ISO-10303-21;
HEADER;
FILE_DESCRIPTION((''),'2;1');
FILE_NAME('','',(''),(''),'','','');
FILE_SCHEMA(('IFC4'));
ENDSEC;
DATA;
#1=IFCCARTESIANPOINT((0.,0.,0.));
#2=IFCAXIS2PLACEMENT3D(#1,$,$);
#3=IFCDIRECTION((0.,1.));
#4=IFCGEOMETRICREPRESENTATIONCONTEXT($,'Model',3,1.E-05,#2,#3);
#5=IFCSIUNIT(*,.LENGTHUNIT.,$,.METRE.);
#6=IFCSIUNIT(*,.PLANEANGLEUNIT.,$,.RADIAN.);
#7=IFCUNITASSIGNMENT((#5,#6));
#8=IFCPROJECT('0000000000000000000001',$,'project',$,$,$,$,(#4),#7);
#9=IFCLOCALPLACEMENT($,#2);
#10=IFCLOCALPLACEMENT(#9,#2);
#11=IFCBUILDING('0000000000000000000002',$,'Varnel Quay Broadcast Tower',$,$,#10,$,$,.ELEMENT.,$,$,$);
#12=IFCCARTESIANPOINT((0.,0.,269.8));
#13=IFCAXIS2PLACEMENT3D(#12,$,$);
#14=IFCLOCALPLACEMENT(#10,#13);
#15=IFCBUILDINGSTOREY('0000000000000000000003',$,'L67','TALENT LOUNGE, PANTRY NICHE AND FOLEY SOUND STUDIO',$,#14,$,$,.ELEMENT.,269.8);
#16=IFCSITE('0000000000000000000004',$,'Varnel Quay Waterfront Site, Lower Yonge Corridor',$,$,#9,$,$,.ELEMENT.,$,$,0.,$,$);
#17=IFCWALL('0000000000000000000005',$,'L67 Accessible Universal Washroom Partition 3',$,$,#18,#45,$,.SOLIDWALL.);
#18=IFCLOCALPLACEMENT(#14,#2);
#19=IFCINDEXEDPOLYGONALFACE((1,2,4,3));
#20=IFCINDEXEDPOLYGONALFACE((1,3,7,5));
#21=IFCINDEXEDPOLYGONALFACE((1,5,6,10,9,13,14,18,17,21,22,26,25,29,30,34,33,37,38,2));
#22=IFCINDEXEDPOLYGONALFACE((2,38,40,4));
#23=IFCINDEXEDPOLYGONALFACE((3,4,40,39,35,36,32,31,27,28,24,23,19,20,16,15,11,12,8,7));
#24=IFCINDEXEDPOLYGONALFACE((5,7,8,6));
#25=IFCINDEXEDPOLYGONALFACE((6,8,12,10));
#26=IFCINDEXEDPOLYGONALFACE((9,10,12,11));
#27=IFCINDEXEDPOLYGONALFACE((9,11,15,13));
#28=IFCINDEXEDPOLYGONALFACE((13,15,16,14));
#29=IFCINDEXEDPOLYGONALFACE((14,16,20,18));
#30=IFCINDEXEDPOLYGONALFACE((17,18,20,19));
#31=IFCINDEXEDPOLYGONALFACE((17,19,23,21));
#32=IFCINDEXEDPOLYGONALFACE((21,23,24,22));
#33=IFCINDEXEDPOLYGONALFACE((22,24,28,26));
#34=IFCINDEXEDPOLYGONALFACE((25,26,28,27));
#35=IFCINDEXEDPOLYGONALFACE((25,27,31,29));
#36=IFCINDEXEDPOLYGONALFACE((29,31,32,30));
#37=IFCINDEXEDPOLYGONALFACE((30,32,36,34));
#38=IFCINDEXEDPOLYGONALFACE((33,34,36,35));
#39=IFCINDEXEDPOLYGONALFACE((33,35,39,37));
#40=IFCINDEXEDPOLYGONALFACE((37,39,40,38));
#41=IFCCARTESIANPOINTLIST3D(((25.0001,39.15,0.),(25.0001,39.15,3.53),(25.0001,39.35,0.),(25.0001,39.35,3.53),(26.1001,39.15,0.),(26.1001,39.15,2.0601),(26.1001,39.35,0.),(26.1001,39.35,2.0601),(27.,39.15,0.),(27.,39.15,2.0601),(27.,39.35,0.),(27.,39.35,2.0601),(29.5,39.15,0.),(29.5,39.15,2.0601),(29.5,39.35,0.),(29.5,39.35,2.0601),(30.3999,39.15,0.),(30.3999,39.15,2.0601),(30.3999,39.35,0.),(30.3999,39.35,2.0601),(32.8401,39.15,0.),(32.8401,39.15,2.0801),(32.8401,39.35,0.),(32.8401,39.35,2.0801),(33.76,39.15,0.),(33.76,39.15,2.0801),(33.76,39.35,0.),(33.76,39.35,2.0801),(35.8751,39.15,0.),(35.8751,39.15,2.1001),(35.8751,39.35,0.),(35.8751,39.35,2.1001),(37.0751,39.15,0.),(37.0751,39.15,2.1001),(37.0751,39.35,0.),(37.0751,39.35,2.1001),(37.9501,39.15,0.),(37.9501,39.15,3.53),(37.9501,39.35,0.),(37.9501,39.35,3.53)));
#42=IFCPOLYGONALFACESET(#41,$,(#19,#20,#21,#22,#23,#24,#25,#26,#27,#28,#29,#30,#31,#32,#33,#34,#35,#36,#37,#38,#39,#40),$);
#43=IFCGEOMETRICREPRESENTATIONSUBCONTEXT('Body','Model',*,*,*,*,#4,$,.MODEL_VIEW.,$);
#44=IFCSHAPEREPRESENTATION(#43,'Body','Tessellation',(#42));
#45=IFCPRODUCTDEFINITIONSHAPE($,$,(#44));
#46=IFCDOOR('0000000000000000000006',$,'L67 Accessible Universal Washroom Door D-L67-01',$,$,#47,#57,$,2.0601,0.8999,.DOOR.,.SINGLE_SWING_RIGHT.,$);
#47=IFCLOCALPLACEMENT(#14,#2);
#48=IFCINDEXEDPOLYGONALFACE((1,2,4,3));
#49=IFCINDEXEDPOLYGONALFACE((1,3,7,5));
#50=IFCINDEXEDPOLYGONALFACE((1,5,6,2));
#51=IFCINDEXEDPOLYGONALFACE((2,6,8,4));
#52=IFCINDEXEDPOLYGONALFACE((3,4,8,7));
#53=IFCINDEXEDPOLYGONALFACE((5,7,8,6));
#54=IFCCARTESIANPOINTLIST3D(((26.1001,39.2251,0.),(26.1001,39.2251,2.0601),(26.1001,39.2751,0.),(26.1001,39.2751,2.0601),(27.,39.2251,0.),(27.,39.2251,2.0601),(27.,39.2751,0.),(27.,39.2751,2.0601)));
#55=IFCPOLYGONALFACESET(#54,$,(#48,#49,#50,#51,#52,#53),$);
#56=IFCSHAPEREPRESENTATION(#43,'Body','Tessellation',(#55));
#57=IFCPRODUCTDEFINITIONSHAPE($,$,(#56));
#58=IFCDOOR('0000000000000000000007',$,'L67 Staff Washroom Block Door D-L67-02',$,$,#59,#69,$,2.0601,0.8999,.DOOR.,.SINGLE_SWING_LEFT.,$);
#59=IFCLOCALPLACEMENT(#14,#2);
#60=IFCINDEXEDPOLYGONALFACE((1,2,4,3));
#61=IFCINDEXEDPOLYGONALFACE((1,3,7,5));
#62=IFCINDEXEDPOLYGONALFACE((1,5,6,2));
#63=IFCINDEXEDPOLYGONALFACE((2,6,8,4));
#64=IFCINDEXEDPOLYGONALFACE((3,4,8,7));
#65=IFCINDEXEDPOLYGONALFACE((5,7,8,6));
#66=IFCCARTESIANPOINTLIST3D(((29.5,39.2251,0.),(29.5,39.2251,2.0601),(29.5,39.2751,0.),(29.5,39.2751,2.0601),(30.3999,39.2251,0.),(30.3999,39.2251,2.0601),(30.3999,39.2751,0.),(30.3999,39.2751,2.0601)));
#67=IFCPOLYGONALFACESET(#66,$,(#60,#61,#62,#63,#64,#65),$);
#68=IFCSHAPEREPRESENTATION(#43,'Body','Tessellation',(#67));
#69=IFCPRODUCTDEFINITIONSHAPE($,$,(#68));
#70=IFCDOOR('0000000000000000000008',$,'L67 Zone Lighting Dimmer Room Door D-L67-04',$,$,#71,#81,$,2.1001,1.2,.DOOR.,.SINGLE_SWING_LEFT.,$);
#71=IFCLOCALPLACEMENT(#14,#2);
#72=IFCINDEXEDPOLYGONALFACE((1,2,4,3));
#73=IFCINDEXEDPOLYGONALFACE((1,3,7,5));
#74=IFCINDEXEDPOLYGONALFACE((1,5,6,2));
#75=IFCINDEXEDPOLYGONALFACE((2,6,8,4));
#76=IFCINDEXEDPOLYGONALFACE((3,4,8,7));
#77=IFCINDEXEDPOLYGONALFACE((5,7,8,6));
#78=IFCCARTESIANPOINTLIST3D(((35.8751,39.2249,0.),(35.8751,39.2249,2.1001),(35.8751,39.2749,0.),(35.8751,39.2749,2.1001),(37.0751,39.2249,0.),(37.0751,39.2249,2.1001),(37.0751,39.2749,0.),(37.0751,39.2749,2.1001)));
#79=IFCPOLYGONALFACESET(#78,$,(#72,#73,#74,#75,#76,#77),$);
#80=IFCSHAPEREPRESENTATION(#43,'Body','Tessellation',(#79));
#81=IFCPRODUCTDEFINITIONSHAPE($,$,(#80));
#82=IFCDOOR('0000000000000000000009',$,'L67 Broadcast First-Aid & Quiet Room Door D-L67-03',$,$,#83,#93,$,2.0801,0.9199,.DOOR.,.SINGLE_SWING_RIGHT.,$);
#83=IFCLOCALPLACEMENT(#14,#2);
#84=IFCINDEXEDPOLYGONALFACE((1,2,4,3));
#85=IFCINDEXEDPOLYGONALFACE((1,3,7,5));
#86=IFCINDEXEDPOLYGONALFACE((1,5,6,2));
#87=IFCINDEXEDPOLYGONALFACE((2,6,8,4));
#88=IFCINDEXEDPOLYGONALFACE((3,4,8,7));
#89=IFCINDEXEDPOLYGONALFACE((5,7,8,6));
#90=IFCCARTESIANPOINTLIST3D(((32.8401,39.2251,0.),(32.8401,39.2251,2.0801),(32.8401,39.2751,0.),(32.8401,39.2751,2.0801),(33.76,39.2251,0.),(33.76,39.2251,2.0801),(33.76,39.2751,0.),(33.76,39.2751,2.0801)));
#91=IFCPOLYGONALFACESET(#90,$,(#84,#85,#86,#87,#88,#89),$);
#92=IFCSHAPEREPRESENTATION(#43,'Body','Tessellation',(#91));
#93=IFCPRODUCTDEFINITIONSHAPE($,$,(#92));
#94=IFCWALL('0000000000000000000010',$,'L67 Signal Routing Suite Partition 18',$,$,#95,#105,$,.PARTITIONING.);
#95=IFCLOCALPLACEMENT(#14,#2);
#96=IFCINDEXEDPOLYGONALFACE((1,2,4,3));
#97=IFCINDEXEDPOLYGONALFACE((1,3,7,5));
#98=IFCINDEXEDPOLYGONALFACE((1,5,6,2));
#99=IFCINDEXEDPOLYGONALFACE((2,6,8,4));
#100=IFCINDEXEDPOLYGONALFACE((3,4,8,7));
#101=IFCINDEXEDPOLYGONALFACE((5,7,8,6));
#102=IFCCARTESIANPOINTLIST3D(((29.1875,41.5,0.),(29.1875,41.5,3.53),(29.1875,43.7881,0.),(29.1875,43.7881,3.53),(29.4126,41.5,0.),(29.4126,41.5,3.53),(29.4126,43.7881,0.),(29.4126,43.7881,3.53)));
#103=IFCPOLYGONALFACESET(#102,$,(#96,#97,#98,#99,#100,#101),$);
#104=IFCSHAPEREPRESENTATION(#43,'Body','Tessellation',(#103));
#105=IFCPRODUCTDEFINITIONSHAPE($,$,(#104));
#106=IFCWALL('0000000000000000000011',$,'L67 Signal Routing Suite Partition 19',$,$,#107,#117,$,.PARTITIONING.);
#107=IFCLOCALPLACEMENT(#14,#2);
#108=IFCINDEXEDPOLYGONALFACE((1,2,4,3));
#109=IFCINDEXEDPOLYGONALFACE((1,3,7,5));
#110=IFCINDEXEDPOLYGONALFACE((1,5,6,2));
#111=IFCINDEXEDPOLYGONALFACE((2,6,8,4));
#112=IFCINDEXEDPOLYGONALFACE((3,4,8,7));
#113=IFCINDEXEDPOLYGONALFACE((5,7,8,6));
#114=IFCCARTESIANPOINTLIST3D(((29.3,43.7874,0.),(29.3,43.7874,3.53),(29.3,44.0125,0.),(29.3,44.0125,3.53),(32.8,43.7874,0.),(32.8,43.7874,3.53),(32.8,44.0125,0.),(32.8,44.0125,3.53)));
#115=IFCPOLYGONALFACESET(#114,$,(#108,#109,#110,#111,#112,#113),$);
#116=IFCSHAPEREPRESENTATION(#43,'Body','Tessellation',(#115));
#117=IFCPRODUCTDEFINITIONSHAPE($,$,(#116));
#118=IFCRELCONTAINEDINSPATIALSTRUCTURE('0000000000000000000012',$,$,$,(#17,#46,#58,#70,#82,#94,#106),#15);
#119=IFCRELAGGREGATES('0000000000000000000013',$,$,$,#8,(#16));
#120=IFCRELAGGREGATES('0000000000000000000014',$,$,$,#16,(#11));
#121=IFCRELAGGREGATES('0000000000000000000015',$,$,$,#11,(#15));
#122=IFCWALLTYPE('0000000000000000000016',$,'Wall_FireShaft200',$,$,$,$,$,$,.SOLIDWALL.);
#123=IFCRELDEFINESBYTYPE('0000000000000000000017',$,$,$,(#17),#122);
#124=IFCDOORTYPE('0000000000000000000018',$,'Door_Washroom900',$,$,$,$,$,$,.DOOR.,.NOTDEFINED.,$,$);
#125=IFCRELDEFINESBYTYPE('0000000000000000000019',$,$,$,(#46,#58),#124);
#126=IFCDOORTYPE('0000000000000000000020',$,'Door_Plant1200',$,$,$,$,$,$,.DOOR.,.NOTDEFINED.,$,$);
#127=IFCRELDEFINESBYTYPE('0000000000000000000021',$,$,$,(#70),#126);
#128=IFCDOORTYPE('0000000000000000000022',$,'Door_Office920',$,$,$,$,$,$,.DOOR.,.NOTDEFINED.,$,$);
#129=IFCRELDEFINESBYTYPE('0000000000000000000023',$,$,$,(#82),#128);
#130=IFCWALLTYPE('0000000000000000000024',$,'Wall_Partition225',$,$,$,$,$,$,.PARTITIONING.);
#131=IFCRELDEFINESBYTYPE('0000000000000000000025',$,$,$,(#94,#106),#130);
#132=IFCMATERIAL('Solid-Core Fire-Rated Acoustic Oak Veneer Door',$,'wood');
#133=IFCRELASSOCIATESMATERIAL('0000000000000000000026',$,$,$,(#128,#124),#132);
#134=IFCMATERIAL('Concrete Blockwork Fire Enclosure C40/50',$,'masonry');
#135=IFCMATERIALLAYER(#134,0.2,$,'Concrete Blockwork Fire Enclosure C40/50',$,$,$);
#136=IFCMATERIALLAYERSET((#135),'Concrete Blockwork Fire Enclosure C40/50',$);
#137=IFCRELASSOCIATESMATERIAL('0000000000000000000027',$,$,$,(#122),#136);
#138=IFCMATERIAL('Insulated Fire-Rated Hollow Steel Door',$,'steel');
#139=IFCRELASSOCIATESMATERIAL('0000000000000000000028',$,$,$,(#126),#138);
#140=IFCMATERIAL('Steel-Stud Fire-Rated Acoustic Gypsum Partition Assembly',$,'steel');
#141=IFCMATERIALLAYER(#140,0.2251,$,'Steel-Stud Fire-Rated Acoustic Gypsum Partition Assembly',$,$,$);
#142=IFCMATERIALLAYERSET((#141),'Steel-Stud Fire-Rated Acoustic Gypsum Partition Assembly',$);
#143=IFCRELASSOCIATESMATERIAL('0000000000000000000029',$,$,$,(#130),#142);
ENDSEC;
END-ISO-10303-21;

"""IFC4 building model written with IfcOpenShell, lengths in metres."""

from ifc_helpers import new_model, si_unit, direction, frame, frame_2d, origin, place, context, subcontext, project, spatial, rectangle, extrude, source, transform, mapped, material, layer, layer_set, type_object, type_shapes, element, fill, save


model = new_model("IFC4")

# Units and contexts
model_context = context("Model", 3, precision=1e-05, world=origin(), true_north=direction((0.0, 1.0)))
body_context = subcontext(model_context, "Body", "Model", "MODEL_VIEW")
ifc_project = project(units=[si_unit("LENGTHUNIT", "METRE"), si_unit("PLANEANGLEUNIT", "RADIAN")], contexts=[model_context])

# Site, building, storey
site_placement = place(None, origin())
site = spatial("IfcSite", under=ifc_project, at=site_placement, Name="Varnel Quay Waterfront Site, Lower Yonge Corridor", CompositionType="ELEMENT", RefElevation=0.0)
building_placement = place(site_placement, origin())
building = spatial("IfcBuilding", under=site, at=building_placement, Name="Varnel Quay Broadcast Tower", CompositionType="ELEMENT")
storey_placement = place(building_placement, frame((0.0, 0.0, 269.8)))
storey = spatial("IfcBuildingStorey", under=building, at=storey_placement, Name="L67", Description="TALENT LOUNGE, PANTRY NICHE AND FOLEY SOUND STUDIO", CompositionType="ELEMENT", Elevation=269.8)

# Wall, openings, doors
ifc_material_1 = material(Name="Solid-Core Fire-Rated Acoustic Oak Veneer Door", Category="wood")
door_type_1 = type_object("IfcDoorType", Name="Door_Office920", OperationType="NOTDEFINED", PredefinedType="DOOR", material=ifc_material_1)
shared_shape_1 = source(origin(), body_context, "Body", "SweptSolid", [
    extrude(rectangle(XDim=0.9199, YDim=2.0801, at=frame_2d((0.46, 1.04))), frame((0.0, 0.0249, 0.0), z_axis=(0.0, -1.0, 0.0), x_axis=(1.0, 0.0, 0.0)), (0.0, 0.0, 1.0), 0.05),
])
type_shapes(door_type_1, [shared_shape_1])
ifc_material_2 = material(Name="Concrete Blockwork Fire Enclosure C40/50", Category="masonry")
ifc_layer_1 = layer(ifc_material_2, 0.2, Name="Concrete Blockwork Fire Enclosure C40/50")
ifc_layer_set_1 = layer_set([ifc_layer_1], Name="Concrete Blockwork Fire Enclosure C40/50")
wall_type_1 = type_object("IfcWallType", Name="Wall_FireShaft200", PredefinedType="SOLIDWALL", material=ifc_layer_set_1)
wall_1_placement = place(storey_placement, frame((25.0, 39.25, 0.0), z_axis=(0.0, 0.0, 1.0), x_axis=(1.0, 0.0, 0.0)))
wall_1 = element("IfcWall", 1, at=wall_1_placement, inside=storey, type_object=wall_type_1, Name="L67 Accessible Universal Washroom Partition 3", PredefinedType="SOLIDWALL", context=body_context, shape_type="SweptSolid", body=[
    extrude(rectangle(XDim=12.95, YDim=0.2, at=frame_2d((6.4751, 0.0))), origin(), (0.0, 0.0, 1.0), 3.53),
])
opening_1_placement = place(wall_1_placement, frame((1.1001, 0.0, 0.0)))
opening_1 = element("IfcOpeningElement", 2, at=opening_1_placement, cuts=wall_1, PredefinedType="OPENING", context=body_context, shape_type="SweptSolid", body=[
    extrude(rectangle(XDim=0.8999, YDim=2.0601, at=frame_2d((0.45, 1.03))), frame((0.0, 0.1099, 0.0), z_axis=(0.0, -1.0, 0.0), x_axis=(1.0, 0.0, 0.0)), (0.0, 0.0, 1.0), 0.22),
])
opening_2_placement = place(wall_1_placement, frame((4.5, 0.0, 0.0)))
opening_2 = element("IfcOpeningElement", 3, at=opening_2_placement, cuts=wall_1, PredefinedType="OPENING", context=body_context, shape_type="SweptSolid", body=[
    extrude(rectangle(XDim=0.8999, YDim=2.0601, at=frame_2d((0.45, 1.03))), frame((0.0, 0.1099, 0.0), z_axis=(0.0, -1.0, 0.0), x_axis=(1.0, 0.0, 0.0)), (0.0, 0.0, 1.0), 0.22),
])
opening_3_placement = place(wall_1_placement, frame((7.8401, 0.0, 0.0)))
opening_3 = element("IfcOpeningElement", 4, at=opening_3_placement, cuts=wall_1, PredefinedType="OPENING", context=body_context, shape_type="SweptSolid", body=[
    extrude(rectangle(XDim=0.9199, YDim=2.0801, at=frame_2d((0.46, 1.04))), frame((0.0, 0.1099, 0.0), z_axis=(0.0, -1.0, 0.0), x_axis=(1.0, 0.0, 0.0)), (0.0, 0.0, 1.0), 0.22),
])
opening_4_placement = place(wall_1_placement, frame((10.875, 0.0, 0.0)))
opening_4 = element("IfcOpeningElement", 5, at=opening_4_placement, cuts=wall_1, PredefinedType="OPENING", context=body_context, shape_type="SweptSolid", body=[
    extrude(rectangle(XDim=1.2, YDim=2.1001, at=frame_2d((0.6001, 1.05))), frame((0.0, 0.1099, 0.0), z_axis=(0.0, -1.0, 0.0), x_axis=(1.0, 0.0, 0.0)), (0.0, 0.0, 1.0), 0.22),
])
door_type_2 = type_object("IfcDoorType", Name="Door_Washroom900", OperationType="NOTDEFINED", PredefinedType="DOOR", material=ifc_material_1)
shared_shape_2 = source(origin(), body_context, "Body", "SweptSolid", [
    extrude(rectangle(XDim=0.8999, YDim=2.0601, at=frame_2d((0.45, 1.03))), frame((0.0, 0.0249, 0.0), z_axis=(0.0, -1.0, 0.0), x_axis=(1.0, 0.0, 0.0)), (0.0, 0.0, 1.0), 0.05),
])
type_shapes(door_type_2, [shared_shape_2])
door_1_placement = place(opening_1_placement, frame((0.8999, 0.0, 0.0), z_axis=(0.0, 0.0, 1.0), x_axis=(-1.0, 0.0, 0.0)))
door_1 = element("IfcDoor", 6, at=door_1_placement, inside=storey, type_object=door_type_2, Name="L67 Accessible Universal Washroom Door D-L67-01", OperationType="SINGLE_SWING_RIGHT", OverallHeight=2.0601, OverallWidth=0.8999, PredefinedType="DOOR", context=body_context, shape_type="MappedRepresentation", body=[
    mapped(shared_shape_2, transform((0.0, 0.0, 0.0), x_axis=(1.0, 0.0, 0.0), y_axis=(0.0, 1.0, 0.0), z_axis=(0.0, 0.0, 1.0), scale=1.0)),
])
fill(opening_1, door_1)
door_2_placement = place(opening_2_placement, frame((0.8999, 0.0, 0.0), z_axis=(0.0, 0.0, 1.0), x_axis=(-1.0, 0.0, 0.0)))
door_2 = element("IfcDoor", 7, at=door_2_placement, inside=storey, type_object=door_type_2, Name="L67 Staff Washroom Block Door D-L67-02", OperationType="SINGLE_SWING_LEFT", OverallHeight=2.0601, OverallWidth=0.8999, PredefinedType="DOOR", context=body_context, shape_type="MappedRepresentation", body=[
    mapped(shared_shape_2, transform((0.0, 0.0, 0.0), x_axis=(1.0, 0.0, 0.0), y_axis=(0.0, 1.0, 0.0), z_axis=(0.0, 0.0, 1.0), scale=1.0)),
])
fill(opening_2, door_2)
ifc_material_3 = material(Name="Insulated Fire-Rated Hollow Steel Door", Category="steel")
door_type_3 = type_object("IfcDoorType", Name="Door_Plant1200", OperationType="NOTDEFINED", PredefinedType="DOOR", material=ifc_material_3)
shared_shape_3 = source(origin(), body_context, "Body", "SweptSolid", [
    extrude(rectangle(XDim=1.2, YDim=2.1001, at=frame_2d((0.6001, 1.05))), frame((0.0, 0.0249, 0.0), z_axis=(0.0, -1.0, 0.0), x_axis=(1.0, 0.0, 0.0)), (0.0, 0.0, 1.0), 0.05),
])
type_shapes(door_type_3, [shared_shape_3])
door_3_placement = place(opening_4_placement, origin())
door_3 = element("IfcDoor", 8, at=door_3_placement, inside=storey, type_object=door_type_3, Name="L67 Zone Lighting Dimmer Room Door D-L67-04", OperationType="SINGLE_SWING_LEFT", OverallHeight=2.1001, OverallWidth=1.2, PredefinedType="DOOR", context=body_context, shape_type="MappedRepresentation", body=[
    mapped(shared_shape_3, transform((0.0, 0.0, 0.0), x_axis=(1.0, 0.0, 0.0), y_axis=(0.0, 1.0, 0.0), z_axis=(0.0, 0.0, 1.0), scale=1.0)),
])
fill(opening_4, door_3)
door_4_placement = place(opening_3_placement, frame((0.9199, 0.0, 0.0), z_axis=(0.0, 0.0, 1.0), x_axis=(-1.0, 0.0, 0.0)))
door_4 = element("IfcDoor", 9, at=door_4_placement, inside=storey, type_object=door_type_1, Name="L67 Broadcast First-Aid & Quiet Room Door D-L67-03", OperationType="SINGLE_SWING_RIGHT", OverallHeight=2.0801, OverallWidth=0.9199, PredefinedType="DOOR", context=body_context, shape_type="MappedRepresentation", body=[
    mapped(shared_shape_1, transform((0.0, 0.0, 0.0), x_axis=(1.0, 0.0, 0.0), y_axis=(0.0, 1.0, 0.0), z_axis=(0.0, 0.0, 1.0), scale=1.0)),
])
fill(opening_3, door_4)

# Walls
ifc_material_4 = material(Name="Steel-Stud Fire-Rated Acoustic Gypsum Partition Assembly", Category="steel")
ifc_layer_2 = layer(ifc_material_4, 0.2251, Name="Steel-Stud Fire-Rated Acoustic Gypsum Partition Assembly")
ifc_layer_set_2 = layer_set([ifc_layer_2], Name="Steel-Stud Fire-Rated Acoustic Gypsum Partition Assembly")
wall_type_2 = type_object("IfcWallType", Name="Wall_Partition225", PredefinedType="PARTITIONING", material=ifc_layer_set_2)
wall_2_placement = place(storey_placement, frame((29.3, 41.5, 0.0), z_axis=(0.0, 0.0, 1.0), x_axis=(0.0, 1.0, 0.0)))
element("IfcWall", 10, at=wall_2_placement, inside=storey, type_object=wall_type_2, Name="L67 Signal Routing Suite Partition 18", PredefinedType="PARTITIONING", context=body_context, shape_type="SweptSolid", body=[
    extrude(rectangle(XDim=2.2881, YDim=0.2251, at=frame_2d((1.144, 0.0))), origin(), (0.0, 0.0, 1.0), 3.53),
])
wall_3_placement = place(storey_placement, frame((29.3, 43.8999, 0.0), z_axis=(0.0, 0.0, 1.0), x_axis=(1.0, 0.0, 0.0)))
element("IfcWall", 11, at=wall_3_placement, inside=storey, type_object=wall_type_2, Name="L67 Signal Routing Suite Partition 19", PredefinedType="PARTITIONING", context=body_context, shape_type="SweptSolid", body=[
    extrude(rectangle(XDim=3.5, YDim=0.2251, at=frame_2d((1.75, 0.0))), origin(), (0.0, 0.0, 1.0), 3.53),
])

save(model, "model.ifc")
